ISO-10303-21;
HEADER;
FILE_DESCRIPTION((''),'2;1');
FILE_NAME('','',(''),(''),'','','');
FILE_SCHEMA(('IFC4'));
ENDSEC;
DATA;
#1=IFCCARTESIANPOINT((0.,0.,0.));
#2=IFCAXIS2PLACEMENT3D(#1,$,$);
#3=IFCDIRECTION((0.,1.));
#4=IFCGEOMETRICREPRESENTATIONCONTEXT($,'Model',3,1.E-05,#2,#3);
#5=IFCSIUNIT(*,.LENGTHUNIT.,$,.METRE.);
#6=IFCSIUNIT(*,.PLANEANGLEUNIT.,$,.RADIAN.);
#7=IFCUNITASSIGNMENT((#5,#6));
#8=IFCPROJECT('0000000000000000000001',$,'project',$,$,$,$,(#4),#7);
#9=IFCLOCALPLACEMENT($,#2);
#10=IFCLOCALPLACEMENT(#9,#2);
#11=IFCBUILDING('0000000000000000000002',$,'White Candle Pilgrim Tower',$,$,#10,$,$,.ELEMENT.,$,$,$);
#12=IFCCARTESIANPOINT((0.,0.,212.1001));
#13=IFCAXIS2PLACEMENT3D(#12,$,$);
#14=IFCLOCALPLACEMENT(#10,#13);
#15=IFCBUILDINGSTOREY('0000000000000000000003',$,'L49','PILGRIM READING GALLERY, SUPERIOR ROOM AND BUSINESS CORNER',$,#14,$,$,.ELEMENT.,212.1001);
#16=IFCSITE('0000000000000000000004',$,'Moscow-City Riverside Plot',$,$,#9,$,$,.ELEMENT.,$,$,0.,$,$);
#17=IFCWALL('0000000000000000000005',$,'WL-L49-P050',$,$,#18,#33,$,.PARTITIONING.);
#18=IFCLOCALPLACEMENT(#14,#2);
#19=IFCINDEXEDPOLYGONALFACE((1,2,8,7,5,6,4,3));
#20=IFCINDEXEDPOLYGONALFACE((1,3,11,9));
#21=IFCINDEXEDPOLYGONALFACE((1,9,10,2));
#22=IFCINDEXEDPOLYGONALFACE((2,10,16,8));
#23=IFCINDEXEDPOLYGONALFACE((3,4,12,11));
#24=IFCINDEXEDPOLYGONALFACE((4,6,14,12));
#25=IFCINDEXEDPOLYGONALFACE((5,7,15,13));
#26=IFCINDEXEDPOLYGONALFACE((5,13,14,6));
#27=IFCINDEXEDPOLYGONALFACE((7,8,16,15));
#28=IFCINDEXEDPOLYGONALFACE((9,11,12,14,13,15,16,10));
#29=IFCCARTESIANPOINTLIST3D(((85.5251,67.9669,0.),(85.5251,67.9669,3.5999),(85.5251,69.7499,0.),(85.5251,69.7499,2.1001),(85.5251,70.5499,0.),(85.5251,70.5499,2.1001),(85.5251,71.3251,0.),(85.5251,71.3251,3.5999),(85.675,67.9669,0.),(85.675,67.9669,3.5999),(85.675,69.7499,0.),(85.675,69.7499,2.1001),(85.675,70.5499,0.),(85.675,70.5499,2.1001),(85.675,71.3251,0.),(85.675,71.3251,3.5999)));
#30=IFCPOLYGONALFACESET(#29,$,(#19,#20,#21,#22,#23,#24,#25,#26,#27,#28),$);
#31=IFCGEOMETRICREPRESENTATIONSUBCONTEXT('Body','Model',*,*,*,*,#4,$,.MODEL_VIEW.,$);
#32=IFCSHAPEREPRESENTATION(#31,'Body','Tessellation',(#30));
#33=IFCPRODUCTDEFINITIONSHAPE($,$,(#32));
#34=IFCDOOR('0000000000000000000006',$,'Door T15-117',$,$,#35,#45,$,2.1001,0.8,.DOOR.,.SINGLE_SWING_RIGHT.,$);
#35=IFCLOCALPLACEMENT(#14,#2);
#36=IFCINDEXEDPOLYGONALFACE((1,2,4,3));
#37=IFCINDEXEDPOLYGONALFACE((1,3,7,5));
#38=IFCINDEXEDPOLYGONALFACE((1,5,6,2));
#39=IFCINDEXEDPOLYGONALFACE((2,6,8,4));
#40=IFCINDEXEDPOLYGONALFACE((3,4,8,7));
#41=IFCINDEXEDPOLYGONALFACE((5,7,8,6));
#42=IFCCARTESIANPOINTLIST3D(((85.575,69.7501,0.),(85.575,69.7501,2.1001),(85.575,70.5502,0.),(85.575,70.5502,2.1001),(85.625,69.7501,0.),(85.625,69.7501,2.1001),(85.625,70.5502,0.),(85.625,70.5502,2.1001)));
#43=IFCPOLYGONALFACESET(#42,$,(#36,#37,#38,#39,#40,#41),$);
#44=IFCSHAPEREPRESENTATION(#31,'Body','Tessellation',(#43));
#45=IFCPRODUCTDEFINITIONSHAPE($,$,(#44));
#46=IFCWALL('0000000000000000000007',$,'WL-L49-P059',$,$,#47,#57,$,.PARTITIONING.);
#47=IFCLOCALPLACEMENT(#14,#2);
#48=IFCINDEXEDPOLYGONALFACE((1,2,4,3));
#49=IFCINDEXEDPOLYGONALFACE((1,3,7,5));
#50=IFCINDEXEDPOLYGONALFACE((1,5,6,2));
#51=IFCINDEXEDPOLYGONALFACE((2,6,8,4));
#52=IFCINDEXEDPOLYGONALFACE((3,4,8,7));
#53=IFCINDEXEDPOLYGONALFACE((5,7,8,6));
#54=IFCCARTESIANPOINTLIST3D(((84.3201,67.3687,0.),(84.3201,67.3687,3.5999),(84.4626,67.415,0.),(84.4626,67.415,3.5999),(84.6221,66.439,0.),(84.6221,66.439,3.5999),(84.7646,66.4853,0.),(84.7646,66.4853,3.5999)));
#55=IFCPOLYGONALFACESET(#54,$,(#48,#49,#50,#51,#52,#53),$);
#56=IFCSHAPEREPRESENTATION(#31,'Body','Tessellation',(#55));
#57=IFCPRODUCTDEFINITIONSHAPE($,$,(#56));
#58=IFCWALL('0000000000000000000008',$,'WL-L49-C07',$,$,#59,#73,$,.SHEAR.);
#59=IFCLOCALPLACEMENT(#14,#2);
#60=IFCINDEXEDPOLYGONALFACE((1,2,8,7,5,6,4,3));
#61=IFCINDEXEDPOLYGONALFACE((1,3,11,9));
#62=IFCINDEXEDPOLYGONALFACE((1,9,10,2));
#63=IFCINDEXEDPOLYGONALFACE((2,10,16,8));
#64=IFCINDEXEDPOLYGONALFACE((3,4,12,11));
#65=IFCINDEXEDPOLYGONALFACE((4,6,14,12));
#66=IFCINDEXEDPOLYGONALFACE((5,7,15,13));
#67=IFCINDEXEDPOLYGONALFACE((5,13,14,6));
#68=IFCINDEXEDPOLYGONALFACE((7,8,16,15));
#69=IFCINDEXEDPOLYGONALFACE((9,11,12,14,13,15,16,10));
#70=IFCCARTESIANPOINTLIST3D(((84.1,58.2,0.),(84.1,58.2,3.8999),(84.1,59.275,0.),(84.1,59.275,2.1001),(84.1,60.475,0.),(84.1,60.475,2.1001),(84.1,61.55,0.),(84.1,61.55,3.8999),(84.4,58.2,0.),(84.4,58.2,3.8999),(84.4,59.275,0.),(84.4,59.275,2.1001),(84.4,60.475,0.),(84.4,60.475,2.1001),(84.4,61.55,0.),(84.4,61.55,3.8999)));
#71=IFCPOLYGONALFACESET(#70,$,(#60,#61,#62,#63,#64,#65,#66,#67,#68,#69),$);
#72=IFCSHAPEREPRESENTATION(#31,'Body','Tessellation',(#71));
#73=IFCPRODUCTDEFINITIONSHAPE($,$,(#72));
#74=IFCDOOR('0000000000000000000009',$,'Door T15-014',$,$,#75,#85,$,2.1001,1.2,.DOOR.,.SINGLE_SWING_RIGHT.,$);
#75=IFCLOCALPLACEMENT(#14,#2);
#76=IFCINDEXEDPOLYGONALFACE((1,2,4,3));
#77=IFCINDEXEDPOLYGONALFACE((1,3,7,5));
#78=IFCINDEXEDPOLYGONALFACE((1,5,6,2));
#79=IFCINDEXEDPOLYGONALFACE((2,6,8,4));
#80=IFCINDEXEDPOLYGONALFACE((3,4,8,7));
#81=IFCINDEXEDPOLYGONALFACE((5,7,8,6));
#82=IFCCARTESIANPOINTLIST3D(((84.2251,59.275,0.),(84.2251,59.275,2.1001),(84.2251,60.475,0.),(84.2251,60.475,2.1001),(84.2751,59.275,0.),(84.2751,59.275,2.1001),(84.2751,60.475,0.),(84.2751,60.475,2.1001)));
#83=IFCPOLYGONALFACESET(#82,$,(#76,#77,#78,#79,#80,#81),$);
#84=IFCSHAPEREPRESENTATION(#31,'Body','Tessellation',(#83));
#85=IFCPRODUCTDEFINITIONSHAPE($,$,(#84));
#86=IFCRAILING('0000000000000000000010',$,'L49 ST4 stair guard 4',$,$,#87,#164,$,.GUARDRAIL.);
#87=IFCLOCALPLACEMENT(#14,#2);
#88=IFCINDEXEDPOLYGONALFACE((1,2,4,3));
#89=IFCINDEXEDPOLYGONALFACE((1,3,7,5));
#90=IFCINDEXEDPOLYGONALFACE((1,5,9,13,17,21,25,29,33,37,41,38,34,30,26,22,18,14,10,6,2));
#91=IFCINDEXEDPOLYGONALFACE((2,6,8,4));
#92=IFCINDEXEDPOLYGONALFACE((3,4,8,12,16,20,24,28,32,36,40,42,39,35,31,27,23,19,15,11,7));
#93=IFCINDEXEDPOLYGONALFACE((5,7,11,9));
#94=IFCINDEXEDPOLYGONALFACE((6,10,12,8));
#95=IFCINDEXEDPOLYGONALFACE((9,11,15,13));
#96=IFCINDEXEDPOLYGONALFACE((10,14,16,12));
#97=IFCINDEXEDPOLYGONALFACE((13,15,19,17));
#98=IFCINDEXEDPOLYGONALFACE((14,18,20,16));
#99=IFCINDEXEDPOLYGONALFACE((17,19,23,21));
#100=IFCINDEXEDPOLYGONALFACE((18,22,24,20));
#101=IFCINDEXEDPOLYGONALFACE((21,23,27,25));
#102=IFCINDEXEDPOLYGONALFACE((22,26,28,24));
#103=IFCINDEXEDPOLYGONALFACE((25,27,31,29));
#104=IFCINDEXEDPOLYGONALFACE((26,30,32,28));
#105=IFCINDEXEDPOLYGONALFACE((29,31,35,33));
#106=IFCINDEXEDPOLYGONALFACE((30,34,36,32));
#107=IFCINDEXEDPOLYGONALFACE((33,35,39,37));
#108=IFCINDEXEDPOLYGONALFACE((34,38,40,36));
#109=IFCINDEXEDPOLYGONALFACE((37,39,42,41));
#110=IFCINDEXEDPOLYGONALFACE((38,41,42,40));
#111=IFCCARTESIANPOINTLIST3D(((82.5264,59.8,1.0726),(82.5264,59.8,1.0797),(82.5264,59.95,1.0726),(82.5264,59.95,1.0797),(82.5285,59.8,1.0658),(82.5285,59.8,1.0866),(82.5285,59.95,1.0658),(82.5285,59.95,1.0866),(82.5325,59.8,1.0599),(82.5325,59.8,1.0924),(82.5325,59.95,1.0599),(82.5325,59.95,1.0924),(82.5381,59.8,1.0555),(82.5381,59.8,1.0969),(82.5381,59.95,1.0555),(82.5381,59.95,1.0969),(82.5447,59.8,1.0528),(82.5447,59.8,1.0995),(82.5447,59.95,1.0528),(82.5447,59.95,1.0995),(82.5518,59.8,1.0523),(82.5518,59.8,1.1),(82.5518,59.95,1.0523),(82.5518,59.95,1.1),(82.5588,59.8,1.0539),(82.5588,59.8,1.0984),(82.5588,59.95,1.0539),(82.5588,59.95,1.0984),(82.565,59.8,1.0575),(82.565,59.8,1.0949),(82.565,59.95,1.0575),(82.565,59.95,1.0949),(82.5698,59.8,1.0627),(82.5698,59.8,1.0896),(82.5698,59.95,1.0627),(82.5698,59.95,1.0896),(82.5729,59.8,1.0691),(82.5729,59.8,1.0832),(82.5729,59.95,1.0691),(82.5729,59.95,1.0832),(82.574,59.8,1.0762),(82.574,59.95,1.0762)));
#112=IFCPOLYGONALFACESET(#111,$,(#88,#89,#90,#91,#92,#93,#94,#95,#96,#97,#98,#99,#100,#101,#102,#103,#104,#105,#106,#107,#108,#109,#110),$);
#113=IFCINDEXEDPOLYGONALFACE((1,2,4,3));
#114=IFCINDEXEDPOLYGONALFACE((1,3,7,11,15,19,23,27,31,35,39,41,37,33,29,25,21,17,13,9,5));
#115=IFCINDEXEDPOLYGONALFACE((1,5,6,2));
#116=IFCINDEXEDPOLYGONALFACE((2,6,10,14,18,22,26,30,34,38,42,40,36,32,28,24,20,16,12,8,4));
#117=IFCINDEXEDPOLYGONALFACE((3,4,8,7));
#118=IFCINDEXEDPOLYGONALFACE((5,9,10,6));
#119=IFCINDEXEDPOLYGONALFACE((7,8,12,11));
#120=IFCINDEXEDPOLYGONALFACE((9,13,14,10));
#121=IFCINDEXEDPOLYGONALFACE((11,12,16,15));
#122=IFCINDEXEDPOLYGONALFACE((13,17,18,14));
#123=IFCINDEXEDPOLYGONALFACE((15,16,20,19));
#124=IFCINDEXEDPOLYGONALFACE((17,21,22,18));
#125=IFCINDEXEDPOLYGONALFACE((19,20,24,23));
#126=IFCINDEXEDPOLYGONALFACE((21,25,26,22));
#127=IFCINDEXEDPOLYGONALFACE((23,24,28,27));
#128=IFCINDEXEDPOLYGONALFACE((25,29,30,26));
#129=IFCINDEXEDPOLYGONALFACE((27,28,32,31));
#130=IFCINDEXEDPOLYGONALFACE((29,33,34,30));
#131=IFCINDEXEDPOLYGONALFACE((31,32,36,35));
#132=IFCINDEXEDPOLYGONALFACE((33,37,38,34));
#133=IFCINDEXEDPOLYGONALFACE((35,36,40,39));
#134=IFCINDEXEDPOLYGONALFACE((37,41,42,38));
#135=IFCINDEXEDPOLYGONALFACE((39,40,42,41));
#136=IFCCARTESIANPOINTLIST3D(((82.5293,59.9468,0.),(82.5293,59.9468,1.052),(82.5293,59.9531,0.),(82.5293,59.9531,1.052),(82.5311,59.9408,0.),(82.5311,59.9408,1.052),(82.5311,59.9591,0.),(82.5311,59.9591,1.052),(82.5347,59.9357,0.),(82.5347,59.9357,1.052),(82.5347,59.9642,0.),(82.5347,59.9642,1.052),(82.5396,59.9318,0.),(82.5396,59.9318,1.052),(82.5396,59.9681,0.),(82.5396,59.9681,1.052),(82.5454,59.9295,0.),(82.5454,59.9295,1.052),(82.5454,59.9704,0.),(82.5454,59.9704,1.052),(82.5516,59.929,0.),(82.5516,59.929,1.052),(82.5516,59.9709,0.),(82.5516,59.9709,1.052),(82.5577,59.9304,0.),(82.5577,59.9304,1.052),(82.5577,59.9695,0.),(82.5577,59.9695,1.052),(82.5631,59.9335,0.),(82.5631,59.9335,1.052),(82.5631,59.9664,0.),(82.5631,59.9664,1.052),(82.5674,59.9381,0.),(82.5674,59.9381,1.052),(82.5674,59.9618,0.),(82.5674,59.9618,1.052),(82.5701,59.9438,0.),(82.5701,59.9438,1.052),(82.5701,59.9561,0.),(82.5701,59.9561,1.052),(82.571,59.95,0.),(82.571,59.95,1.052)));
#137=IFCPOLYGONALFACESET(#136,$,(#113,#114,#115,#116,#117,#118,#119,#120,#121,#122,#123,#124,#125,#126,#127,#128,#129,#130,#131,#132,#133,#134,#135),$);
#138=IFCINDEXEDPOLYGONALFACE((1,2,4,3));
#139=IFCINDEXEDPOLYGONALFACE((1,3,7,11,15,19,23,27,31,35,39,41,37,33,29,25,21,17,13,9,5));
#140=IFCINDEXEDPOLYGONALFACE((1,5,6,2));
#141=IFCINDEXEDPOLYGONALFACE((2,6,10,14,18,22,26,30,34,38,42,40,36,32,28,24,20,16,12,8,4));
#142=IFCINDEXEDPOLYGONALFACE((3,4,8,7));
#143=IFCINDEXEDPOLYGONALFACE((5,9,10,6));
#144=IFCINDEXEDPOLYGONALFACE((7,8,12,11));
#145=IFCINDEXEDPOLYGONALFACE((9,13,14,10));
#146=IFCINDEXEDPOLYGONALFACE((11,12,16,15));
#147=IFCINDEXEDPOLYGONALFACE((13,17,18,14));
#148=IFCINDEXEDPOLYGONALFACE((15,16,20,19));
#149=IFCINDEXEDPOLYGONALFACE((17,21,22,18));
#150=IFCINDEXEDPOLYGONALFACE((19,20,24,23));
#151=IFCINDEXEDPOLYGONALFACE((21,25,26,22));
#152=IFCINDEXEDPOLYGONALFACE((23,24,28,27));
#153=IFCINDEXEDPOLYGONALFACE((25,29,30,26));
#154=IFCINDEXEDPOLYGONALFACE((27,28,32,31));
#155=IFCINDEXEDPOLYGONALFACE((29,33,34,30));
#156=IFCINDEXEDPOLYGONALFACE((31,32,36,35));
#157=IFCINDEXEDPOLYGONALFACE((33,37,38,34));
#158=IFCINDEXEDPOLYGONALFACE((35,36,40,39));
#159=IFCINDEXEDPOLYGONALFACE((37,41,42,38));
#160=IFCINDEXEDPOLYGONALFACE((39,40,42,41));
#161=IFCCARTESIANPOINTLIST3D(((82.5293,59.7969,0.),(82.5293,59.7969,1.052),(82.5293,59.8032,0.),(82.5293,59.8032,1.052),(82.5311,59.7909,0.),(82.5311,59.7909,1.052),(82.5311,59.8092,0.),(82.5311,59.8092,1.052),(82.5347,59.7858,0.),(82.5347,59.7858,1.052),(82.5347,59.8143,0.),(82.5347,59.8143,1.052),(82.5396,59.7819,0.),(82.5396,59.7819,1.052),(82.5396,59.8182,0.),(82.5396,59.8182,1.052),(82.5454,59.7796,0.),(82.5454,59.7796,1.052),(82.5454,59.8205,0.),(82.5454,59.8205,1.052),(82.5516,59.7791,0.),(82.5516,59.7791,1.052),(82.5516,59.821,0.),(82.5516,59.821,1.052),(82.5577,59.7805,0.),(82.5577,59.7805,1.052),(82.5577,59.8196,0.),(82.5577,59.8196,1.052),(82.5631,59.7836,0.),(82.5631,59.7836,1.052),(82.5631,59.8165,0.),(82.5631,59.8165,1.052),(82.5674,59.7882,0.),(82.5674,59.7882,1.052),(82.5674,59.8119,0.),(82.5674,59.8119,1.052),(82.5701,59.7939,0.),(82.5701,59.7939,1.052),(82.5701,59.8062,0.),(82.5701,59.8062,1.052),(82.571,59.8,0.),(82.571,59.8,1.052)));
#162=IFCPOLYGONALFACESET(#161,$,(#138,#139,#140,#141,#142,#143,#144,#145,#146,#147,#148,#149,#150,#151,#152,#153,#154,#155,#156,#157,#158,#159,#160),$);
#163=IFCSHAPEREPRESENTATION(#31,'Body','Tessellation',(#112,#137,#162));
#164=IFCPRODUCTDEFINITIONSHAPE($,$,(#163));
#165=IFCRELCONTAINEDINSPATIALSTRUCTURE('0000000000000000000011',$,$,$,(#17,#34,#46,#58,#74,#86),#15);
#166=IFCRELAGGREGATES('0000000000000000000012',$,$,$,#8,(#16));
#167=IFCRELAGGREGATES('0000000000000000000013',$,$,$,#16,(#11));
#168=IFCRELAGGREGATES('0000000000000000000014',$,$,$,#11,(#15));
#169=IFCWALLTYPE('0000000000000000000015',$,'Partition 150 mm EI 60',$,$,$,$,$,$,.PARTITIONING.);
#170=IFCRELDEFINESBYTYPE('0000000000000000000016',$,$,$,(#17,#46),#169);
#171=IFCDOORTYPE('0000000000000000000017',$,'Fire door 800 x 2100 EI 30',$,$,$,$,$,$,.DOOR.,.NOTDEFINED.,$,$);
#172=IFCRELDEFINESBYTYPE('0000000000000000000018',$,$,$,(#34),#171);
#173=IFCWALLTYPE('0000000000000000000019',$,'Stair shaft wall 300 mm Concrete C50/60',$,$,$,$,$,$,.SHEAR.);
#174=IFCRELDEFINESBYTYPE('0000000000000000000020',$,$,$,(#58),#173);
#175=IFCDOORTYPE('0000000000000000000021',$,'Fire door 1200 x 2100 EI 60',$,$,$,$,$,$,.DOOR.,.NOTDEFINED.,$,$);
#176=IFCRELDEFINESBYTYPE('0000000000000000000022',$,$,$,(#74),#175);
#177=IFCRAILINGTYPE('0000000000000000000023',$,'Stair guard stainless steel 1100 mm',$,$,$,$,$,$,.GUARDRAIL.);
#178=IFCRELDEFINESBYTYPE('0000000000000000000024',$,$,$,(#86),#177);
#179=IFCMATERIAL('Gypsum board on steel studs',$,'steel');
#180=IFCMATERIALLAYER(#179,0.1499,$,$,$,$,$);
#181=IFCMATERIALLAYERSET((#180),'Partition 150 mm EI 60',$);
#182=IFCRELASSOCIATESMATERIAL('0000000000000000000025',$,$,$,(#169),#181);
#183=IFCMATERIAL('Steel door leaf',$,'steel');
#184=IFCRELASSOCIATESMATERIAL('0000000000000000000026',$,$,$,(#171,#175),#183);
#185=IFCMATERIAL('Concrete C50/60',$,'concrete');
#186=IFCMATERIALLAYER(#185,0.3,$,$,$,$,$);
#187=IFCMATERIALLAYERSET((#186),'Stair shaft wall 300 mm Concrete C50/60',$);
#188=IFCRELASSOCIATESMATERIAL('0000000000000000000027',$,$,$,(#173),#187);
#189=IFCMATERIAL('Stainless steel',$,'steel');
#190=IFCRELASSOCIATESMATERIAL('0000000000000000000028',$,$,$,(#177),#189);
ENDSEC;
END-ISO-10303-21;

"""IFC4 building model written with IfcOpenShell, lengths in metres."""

from ifc_helpers import new_model, si_unit, direction, frame, frame_2d, origin, origin_2d, place, context, subcontext, project, spatial, rectangle, circle, extrude, material, layer, layer_set, type_object, element, fill, save


model = new_model("IFC4")

# Units and contexts
model_context = context("Model", 3, precision=1e-05, world=origin(), true_north=direction((0.0, 1.0)))
body_context = subcontext(model_context, "Body", "Model", "MODEL_VIEW")
ifc_project = project(units=[si_unit("LENGTHUNIT", "METRE"), si_unit("PLANEANGLEUNIT", "RADIAN")], contexts=[model_context])

# Site, building, storey
site_placement = place(None, origin())
site = spatial("IfcSite", under=ifc_project, at=site_placement, Name="Moscow-City Riverside Plot", CompositionType="ELEMENT", RefElevation=0.0)
building_placement = place(site_placement, origin())
building = spatial("IfcBuilding", under=site, at=building_placement, Name="White Candle Pilgrim Tower", CompositionType="ELEMENT")
storey_placement = place(building_placement, frame((0.0, 0.0, 212.1001)))
storey = spatial("IfcBuildingStorey", under=building, at=storey_placement, Name="L49", Description="PILGRIM READING GALLERY, SUPERIOR ROOM AND BUSINESS CORNER", CompositionType="ELEMENT", Elevation=212.1001)

# Shared definitions
ifc_material_1 = material(Name="Concrete C50/60", Category="concrete")

# Shared definitions
ifc_material_2 = material(Name="Gypsum board on steel studs", Category="steel")
ifc_material_3 = material(Name="Steel door leaf", Category="steel")

# Shared definitions
ifc_layer_1 = layer(ifc_material_2, 0.1499)
ifc_layer_set_1 = layer_set([ifc_layer_1], Name="Partition 150 mm EI 60")
wall_type_1 = type_object("IfcWallType", Name="Partition 150 mm EI 60", PredefinedType="PARTITIONING", material=ifc_layer_set_1)

# Wall, opening, door
wall_1_placement = place(storey_placement, frame((85.6001, 67.9668, 0.0), z_axis=(0.0, 0.0, 1.0), x_axis=(0.0, 1.0, 0.0)))
wall_1 = element("IfcWall", 1, at=wall_1_placement, inside=storey, type_object=wall_type_1, Name="WL-L49-P050", PredefinedType="PARTITIONING", context=body_context, shape_type="SweptSolid", body=[
    extrude(rectangle(XDim=3.3582, YDim=0.1499, at=frame_2d((1.6792, 0.0))), origin(), (0.0, 0.0, 1.0), 3.5999),
])
opening_1_placement = place(wall_1_placement, frame((1.7832, 0.0, 0.0)))
opening_1 = element("IfcOpeningElement", 2, at=opening_1_placement, cuts=wall_1, PredefinedType="OPENING", context=body_context, shape_type="SweptSolid", body=[
    extrude(rectangle(XDim=0.8, YDim=2.1001, at=frame_2d((0.3999, 1.05))), frame((0.0, 0.085, 0.0), z_axis=(0.0, -1.0, 0.0), x_axis=(1.0, 0.0, 0.0)), (0.0, 0.0, 1.0), 0.1699),
])
door_type_1 = type_object("IfcDoorType", Name="Fire door 800 x 2100 EI 30", OperationType="NOTDEFINED", PredefinedType="DOOR", material=ifc_material_3)
door_1_placement = place(opening_1_placement, frame((0.8, 0.0, 0.0), z_axis=(0.0, 0.0, 1.0), x_axis=(-1.0, 0.0, 0.0)))
door_1 = element("IfcDoor", 3, at=door_1_placement, inside=storey, type_object=door_type_1, Name="Door T15-117", OperationType="SINGLE_SWING_RIGHT", OverallHeight=2.1001, OverallWidth=0.8, PredefinedType="DOOR", context=body_context, shape_type="SweptSolid", body=[
    extrude(rectangle(XDim=0.8, YDim=2.1001, at=frame_2d((0.3999, 1.05))), frame((0.0, 0.0249, 0.0), z_axis=(0.0, -1.0, 0.0), x_axis=(1.0, 0.0, 0.0)), (0.0, 0.0, 1.0), 0.05),
])
fill(opening_1, door_1)

# Wall
wall_2_placement = place(storey_placement, frame((84.6934, 66.4622, 0.0), z_axis=(0.0, 0.0, 1.0), x_axis=(-0.308951, 0.951078, 0.0)))
element("IfcWall", 4, at=wall_2_placement, inside=storey, type_object=wall_type_1, Name="WL-L49-P059", PredefinedType="PARTITIONING", context=body_context, shape_type="SweptSolid", body=[
    extrude(rectangle(XDim=0.9775, YDim=0.1499, at=frame_2d((0.4888, 0.0))), origin(), (0.0, 0.0, 1.0), 3.5999),
])

# Wall, opening, door
ifc_layer_2 = layer(ifc_material_1, 0.3)
ifc_layer_set_2 = layer_set([ifc_layer_2], Name="Stair shaft wall 300 mm Concrete C50/60")
wall_type_2 = type_object("IfcWallType", Name="Stair shaft wall 300 mm Concrete C50/60", PredefinedType="SHEAR", material=ifc_layer_set_2)
wall_3_placement = place(storey_placement, frame((84.25, 58.2, 0.0), z_axis=(0.0, 0.0, 1.0), x_axis=(0.0, 1.0, 0.0)))
wall_3 = element("IfcWall", 5, at=wall_3_placement, inside=storey, type_object=wall_type_2, Name="WL-L49-C07", PredefinedType="SHEAR", context=body_context, shape_type="SweptSolid", body=[
    extrude(rectangle(XDim=3.3501, YDim=0.3, at=frame_2d((1.675, 0.0))), origin(), (0.0, 0.0, 1.0), 3.8999),
])
opening_2_placement = place(wall_3_placement, frame((1.075, 0.0, 0.0)))
opening_2 = element("IfcOpeningElement", 6, at=opening_2_placement, cuts=wall_3, PredefinedType="OPENING", context=body_context, shape_type="SweptSolid", body=[
    extrude(rectangle(XDim=1.2, YDim=2.1001, at=frame_2d((0.6001, 1.05))), frame((0.0, 0.1599, 0.0), z_axis=(0.0, -1.0, 0.0), x_axis=(1.0, 0.0, 0.0)), (0.0, 0.0, 1.0), 0.3201),
])
door_type_2 = type_object("IfcDoorType", Name="Fire door 1200 x 2100 EI 60", OperationType="NOTDEFINED", PredefinedType="DOOR", material=ifc_material_3)
door_2_placement = place(opening_2_placement, origin())
door_2 = element("IfcDoor", 7, at=door_2_placement, inside=storey, type_object=door_type_2, Name="Door T15-014", OperationType="SINGLE_SWING_RIGHT", OverallHeight=2.1001, OverallWidth=1.2, PredefinedType="DOOR", context=body_context, shape_type="SweptSolid", body=[
    extrude(rectangle(XDim=1.2, YDim=2.1001, at=frame_2d((0.6001, 1.05))), frame((0.0, 0.0249, 0.0), z_axis=(0.0, -1.0, 0.0), x_axis=(1.0, 0.0, 0.0)), (0.0, 0.0, 1.0), 0.05),
])
fill(opening_2, door_2)

# Railing
ifc_material_4 = material(Name="Stainless steel", Category="steel")
railing_type_1 = type_object("IfcRailingType", Name="Stair guard stainless steel 1100 mm", PredefinedType="GUARDRAIL", material=ifc_material_4)
railing_1_placement = place(storey_placement, frame((82.55, 59.95, 0.0)))
element("IfcRailing", 8, at=railing_1_placement, inside=storey, type_object=railing_type_1, Name="L49 ST4 stair guard 4", PredefinedType="GUARDRAIL", context=body_context, shape_type="SweptSolid", body=[
    extrude(circle(Radius=0.0239, at=origin_2d()), frame((0.0, 0.0, 1.0762), z_axis=(0.0, -1.0, 0.0), x_axis=(1.0, 0.0, 0.0)), (0.0, 0.0, 1.0), 0.1499),
    extrude(circle(Radius=0.021, at=origin_2d()), origin(), (0.0, 0.0, 1.0), 1.052),
    extrude(circle(Radius=0.021, at=origin_2d()), frame((0.0, -0.1499, 0.0)), (0.0, 0.0, 1.0), 1.052),
])

save(model, "model.ifc")
